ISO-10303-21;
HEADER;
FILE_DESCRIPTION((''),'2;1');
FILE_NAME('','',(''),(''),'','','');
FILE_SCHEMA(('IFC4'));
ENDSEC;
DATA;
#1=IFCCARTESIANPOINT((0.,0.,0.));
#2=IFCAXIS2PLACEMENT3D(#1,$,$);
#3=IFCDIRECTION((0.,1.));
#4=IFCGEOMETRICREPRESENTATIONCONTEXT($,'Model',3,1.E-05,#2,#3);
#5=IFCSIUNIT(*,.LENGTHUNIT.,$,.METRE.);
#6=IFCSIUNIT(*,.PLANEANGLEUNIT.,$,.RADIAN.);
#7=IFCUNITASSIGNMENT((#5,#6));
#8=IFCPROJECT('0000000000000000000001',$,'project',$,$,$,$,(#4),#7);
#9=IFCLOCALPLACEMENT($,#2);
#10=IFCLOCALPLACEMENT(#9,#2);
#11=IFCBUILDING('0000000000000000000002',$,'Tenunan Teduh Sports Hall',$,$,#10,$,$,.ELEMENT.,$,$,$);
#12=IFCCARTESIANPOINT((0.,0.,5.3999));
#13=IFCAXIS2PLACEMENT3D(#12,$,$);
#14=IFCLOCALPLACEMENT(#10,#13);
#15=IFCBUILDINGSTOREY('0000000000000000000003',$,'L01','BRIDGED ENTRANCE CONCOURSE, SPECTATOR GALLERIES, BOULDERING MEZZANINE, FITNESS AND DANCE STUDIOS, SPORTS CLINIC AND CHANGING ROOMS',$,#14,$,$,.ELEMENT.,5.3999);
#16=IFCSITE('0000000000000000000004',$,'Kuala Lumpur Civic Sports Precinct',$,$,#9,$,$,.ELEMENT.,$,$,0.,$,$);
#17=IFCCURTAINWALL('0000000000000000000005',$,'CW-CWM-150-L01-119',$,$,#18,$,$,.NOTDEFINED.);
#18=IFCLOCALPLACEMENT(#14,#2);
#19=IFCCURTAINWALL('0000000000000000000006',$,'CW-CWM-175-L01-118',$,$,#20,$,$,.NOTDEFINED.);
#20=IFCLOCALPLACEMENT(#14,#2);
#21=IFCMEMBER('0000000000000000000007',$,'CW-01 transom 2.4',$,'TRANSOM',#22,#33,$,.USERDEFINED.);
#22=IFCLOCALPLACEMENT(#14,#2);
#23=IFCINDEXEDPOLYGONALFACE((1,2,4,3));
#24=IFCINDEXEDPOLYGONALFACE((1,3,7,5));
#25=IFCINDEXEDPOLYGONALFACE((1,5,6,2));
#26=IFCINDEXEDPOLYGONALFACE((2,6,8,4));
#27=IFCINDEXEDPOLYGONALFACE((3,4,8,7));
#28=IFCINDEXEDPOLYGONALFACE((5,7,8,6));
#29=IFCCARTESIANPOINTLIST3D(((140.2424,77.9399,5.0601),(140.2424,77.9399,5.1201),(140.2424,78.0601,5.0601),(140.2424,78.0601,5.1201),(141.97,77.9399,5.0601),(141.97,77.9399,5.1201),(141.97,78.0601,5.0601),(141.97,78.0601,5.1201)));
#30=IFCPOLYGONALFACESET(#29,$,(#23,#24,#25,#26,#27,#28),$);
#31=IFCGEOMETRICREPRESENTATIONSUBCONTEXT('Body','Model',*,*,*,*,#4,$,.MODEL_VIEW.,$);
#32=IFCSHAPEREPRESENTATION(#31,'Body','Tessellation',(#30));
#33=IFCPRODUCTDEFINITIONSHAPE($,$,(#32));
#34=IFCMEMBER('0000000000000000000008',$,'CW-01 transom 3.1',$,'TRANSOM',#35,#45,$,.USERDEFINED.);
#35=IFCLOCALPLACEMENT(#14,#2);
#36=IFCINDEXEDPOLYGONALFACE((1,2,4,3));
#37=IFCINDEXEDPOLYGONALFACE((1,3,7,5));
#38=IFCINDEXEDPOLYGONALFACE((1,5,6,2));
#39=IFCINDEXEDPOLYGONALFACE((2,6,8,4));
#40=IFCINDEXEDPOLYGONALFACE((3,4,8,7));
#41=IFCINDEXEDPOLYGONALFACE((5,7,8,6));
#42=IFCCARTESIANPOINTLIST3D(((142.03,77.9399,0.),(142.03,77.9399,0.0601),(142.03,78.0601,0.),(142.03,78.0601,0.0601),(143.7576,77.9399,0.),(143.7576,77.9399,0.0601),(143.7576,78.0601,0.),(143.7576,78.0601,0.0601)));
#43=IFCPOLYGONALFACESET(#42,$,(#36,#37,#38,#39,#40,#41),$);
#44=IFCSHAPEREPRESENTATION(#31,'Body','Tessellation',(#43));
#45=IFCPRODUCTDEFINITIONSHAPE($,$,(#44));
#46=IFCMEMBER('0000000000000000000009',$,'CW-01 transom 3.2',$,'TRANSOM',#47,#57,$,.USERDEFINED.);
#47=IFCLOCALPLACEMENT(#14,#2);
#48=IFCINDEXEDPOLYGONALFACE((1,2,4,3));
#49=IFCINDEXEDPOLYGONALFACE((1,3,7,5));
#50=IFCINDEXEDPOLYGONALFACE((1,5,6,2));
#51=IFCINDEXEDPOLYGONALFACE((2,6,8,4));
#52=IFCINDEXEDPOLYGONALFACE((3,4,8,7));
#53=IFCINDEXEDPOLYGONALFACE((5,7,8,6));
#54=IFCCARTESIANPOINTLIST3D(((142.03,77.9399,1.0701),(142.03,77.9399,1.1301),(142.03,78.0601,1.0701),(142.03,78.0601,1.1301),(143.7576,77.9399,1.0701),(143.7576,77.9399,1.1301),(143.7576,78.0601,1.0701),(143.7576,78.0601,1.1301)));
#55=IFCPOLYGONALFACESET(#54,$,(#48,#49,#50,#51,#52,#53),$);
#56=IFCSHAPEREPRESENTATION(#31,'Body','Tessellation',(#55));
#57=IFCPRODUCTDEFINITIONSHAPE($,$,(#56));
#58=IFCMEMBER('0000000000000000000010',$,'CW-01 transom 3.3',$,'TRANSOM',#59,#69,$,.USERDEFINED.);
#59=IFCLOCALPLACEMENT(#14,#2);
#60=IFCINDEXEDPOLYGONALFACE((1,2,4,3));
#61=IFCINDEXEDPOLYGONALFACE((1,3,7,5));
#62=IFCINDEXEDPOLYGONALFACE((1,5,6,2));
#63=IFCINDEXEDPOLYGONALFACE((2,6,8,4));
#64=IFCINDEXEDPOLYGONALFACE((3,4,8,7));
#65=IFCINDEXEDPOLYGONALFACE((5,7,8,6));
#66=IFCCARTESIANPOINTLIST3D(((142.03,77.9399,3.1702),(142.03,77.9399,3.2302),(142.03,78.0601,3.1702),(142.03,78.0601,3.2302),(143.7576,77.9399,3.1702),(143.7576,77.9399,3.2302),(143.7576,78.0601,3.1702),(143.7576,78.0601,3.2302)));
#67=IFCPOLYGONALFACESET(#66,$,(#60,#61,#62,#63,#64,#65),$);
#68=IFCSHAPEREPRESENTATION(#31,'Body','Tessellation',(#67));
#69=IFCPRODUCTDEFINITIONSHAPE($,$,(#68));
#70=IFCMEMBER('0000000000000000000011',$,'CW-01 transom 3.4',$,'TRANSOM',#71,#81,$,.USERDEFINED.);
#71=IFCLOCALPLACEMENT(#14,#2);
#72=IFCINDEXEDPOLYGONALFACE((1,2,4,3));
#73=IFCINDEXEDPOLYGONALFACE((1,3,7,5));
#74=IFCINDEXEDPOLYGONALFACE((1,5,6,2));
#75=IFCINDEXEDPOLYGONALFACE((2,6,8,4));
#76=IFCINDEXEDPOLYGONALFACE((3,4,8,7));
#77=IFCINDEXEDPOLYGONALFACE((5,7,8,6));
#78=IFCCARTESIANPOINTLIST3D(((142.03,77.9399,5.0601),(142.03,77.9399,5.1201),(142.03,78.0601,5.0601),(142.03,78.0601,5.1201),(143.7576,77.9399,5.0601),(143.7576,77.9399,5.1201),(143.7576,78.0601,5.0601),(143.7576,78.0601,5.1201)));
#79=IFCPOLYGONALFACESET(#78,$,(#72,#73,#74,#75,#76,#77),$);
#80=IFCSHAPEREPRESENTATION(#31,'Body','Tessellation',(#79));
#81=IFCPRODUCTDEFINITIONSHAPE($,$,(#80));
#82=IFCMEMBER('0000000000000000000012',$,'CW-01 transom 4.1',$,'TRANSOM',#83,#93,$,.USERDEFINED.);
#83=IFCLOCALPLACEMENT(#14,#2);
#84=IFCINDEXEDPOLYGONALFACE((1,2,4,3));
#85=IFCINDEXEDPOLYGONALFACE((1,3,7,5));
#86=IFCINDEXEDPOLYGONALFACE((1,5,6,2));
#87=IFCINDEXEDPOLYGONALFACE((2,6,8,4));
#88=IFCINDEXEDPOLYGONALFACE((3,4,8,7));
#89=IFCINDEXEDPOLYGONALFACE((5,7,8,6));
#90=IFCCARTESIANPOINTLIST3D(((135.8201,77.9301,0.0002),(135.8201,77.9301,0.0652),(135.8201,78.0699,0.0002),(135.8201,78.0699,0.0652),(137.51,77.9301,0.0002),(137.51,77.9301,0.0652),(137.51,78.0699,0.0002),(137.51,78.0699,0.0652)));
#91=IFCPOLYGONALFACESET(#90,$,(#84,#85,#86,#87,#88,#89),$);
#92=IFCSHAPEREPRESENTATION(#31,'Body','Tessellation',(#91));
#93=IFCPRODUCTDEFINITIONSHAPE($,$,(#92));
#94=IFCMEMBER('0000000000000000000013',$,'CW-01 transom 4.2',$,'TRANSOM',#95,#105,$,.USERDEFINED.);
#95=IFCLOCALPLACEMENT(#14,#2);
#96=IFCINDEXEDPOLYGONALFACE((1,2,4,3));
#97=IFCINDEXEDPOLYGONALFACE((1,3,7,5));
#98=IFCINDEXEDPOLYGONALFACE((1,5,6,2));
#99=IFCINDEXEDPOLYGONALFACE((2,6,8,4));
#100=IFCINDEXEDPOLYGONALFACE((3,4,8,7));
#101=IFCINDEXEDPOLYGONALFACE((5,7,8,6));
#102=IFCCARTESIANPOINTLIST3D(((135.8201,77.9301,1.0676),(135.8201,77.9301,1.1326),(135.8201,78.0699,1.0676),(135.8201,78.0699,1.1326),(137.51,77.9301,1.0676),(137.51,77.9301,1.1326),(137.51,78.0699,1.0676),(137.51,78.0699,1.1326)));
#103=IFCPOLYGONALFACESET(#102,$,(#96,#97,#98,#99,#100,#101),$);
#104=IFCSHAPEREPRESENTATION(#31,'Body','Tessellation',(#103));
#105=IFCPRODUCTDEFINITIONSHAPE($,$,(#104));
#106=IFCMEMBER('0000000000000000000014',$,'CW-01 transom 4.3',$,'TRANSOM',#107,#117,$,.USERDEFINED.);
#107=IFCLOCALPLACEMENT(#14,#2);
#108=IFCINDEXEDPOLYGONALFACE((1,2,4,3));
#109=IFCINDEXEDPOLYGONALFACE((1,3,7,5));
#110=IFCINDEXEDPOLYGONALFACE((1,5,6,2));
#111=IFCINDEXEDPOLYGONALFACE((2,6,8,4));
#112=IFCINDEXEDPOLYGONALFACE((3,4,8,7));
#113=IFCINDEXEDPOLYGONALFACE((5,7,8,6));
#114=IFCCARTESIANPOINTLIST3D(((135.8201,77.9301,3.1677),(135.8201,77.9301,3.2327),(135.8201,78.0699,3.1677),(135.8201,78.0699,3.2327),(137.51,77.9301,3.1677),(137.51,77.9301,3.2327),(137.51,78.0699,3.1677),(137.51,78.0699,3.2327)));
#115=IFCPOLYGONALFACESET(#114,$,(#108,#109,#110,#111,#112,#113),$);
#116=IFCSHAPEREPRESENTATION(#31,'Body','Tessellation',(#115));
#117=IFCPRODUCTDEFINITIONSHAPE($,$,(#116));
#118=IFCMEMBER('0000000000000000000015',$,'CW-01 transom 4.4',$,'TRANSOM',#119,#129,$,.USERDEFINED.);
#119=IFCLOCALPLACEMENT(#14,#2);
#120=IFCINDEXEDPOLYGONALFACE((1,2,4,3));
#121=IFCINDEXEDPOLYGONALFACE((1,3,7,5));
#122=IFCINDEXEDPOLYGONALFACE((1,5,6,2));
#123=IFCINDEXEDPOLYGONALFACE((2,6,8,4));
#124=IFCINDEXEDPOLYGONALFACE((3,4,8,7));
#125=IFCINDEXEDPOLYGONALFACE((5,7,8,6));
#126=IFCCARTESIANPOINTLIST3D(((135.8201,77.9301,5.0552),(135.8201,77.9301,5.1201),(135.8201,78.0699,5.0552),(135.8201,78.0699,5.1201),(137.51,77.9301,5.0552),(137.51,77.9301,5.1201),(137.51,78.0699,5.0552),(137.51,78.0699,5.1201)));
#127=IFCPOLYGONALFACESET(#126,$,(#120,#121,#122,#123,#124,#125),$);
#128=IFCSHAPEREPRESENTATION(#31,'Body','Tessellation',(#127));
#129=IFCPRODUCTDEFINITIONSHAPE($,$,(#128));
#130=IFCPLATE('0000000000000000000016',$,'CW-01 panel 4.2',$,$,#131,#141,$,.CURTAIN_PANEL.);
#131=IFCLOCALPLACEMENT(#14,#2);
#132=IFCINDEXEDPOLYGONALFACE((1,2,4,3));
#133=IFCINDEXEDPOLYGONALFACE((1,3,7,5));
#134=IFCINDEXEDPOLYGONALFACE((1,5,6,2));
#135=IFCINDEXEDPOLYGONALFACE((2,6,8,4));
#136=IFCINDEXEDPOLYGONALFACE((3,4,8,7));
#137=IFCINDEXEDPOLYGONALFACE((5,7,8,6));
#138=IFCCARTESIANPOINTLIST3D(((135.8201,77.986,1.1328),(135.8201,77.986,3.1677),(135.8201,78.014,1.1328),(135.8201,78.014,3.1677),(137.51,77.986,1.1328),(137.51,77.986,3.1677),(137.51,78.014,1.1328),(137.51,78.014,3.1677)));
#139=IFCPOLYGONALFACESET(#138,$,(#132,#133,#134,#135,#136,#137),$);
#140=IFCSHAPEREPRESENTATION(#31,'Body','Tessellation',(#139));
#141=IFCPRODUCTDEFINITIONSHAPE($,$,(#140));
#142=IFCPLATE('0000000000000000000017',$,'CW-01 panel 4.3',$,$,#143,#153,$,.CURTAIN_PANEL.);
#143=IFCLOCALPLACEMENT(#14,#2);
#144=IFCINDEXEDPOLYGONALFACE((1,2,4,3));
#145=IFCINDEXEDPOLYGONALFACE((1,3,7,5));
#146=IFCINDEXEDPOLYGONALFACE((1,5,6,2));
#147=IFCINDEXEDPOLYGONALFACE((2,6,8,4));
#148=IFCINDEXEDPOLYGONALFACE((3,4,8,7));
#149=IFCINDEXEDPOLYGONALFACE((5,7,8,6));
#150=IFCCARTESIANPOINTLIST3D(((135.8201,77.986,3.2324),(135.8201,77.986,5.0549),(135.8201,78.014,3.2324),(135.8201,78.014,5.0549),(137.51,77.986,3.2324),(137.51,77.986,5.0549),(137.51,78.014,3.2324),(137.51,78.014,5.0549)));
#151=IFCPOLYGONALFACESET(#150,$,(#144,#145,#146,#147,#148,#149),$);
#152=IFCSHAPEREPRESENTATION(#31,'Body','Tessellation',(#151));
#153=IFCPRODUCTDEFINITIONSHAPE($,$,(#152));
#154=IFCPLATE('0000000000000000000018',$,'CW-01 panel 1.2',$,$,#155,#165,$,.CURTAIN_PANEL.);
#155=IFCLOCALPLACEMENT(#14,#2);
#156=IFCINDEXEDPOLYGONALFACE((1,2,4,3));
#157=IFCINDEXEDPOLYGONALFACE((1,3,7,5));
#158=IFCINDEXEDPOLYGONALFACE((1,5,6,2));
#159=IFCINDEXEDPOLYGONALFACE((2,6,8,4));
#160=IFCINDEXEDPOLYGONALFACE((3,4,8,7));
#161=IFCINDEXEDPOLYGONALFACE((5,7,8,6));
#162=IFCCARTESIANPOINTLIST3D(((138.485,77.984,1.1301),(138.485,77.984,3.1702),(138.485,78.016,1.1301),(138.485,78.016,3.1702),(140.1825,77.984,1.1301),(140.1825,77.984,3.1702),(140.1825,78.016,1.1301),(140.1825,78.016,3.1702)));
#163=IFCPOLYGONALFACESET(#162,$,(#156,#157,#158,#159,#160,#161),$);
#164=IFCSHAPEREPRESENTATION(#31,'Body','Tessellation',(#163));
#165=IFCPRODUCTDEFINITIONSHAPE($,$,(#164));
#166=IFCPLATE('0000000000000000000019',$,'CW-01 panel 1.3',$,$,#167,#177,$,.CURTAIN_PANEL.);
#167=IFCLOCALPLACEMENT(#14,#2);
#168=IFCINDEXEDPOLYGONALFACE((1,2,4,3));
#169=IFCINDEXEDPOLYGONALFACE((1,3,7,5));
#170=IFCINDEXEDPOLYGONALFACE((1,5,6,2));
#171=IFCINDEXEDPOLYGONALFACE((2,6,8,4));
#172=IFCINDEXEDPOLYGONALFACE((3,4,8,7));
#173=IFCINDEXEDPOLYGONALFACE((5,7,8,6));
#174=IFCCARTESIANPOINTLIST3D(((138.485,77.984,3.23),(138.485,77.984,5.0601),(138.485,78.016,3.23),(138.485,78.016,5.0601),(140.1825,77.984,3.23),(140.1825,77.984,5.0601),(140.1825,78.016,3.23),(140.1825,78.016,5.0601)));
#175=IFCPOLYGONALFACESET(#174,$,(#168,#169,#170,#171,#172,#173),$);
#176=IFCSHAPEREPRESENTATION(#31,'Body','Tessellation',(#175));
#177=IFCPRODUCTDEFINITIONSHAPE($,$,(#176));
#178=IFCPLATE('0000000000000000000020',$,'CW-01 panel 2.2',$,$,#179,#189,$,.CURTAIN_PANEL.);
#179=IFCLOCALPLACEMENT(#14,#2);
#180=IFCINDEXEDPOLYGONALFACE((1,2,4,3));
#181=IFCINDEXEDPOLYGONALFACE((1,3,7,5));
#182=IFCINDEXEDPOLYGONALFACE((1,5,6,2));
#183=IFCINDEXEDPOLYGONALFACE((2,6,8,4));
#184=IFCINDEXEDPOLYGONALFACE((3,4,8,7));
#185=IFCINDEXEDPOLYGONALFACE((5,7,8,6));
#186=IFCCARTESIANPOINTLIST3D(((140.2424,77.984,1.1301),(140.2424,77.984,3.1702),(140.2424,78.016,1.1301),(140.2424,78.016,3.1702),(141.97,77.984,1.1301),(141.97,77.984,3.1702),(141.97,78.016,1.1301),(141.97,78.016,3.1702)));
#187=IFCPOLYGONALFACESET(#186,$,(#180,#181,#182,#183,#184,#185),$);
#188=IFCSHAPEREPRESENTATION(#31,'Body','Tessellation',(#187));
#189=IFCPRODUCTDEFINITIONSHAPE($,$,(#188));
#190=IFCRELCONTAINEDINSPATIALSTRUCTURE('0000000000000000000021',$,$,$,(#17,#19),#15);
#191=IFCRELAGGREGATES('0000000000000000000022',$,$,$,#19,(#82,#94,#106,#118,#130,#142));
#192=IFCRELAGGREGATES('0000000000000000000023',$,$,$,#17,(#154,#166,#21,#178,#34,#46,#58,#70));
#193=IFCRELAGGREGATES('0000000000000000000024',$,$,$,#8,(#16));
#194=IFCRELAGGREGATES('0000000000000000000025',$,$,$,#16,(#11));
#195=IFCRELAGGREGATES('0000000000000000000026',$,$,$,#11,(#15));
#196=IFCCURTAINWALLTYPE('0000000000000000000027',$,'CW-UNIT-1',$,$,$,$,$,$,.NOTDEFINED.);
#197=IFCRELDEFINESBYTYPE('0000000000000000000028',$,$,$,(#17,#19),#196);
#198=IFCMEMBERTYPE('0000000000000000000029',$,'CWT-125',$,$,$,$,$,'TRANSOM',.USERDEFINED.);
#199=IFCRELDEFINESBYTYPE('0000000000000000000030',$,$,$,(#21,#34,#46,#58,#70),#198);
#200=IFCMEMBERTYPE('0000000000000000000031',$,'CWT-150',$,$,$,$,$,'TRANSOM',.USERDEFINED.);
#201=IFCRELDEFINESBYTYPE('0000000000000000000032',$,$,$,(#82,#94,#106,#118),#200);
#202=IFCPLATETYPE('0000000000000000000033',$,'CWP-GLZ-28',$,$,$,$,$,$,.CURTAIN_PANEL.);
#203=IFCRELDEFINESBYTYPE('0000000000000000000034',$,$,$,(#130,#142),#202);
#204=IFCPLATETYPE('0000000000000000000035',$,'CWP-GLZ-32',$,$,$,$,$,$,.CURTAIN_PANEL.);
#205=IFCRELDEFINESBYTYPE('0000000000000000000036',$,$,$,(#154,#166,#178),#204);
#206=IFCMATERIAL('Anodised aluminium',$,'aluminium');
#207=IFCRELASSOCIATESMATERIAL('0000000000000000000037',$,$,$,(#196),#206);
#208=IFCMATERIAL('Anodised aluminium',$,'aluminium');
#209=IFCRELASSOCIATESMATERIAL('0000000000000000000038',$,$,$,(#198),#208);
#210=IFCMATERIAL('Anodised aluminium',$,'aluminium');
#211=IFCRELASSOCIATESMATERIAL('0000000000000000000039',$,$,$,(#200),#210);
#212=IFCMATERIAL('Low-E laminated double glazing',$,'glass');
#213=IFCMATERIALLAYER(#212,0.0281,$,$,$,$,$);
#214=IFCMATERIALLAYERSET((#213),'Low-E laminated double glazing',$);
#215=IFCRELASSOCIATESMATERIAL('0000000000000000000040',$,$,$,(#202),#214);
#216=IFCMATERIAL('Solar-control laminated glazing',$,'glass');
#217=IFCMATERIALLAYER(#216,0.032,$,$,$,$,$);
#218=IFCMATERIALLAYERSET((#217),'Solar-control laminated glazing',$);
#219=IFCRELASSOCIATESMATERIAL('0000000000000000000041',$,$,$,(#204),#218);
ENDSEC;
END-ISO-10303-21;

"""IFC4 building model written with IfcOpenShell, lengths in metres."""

from ifc_helpers import new_model, si_unit, direction, frame, origin, origin_2d, place, context, subcontext, project, spatial, rectangle, extrude, material, layer, layer_set, material_profile, profile_set, type_object, element, aggregate, save


model = new_model("IFC4")

# Units and contexts
model_context = context("Model", 3, precision=1e-05, world=origin(), true_north=direction((0.0, 1.0)))
body_context = subcontext(model_context, "Body", "Model", "MODEL_VIEW")
ifc_project = project(units=[si_unit("LENGTHUNIT", "METRE"), si_unit("PLANEANGLEUNIT", "RADIAN")], contexts=[model_context])

# Site, building, storey
site_placement = place(None, origin())
site = spatial("IfcSite", under=ifc_project, at=site_placement, Name="Kuala Lumpur Civic Sports Precinct", CompositionType="ELEMENT", RefElevation=0.0)
building_placement = place(site_placement, origin())
building = spatial("IfcBuilding", under=site, at=building_placement, Name="Tenunan Teduh Sports Hall", CompositionType="ELEMENT")
storey_placement = place(building_placement, frame((0.0, 0.0, 5.3999)))
storey = spatial("IfcBuildingStorey", under=building, at=storey_placement, Name="L01", Description="BRIDGED ENTRANCE CONCOURSE, SPECTATOR GALLERIES, BOULDERING MEZZANINE, FITNESS AND DANCE STUDIOS, SPORTS CLINIC AND CHANGING ROOMS", CompositionType="ELEMENT", Elevation=5.3999)

# Curtain walls
ifc_material_1 = material(Name="Anodised aluminium", Category="aluminium")
curtain_wall_type = type_object("IfcCurtainWallType", Name="CW-UNIT-1", PredefinedType="NOTDEFINED", material=ifc_material_1)
curtain_wall_1_placement = place(storey_placement, origin())
curtain_wall_1 = element("IfcCurtainWall", 1, at=curtain_wall_1_placement, inside=storey, type_object=curtain_wall_type, Name="CW-CWM-150-L01-119", PredefinedType="NOTDEFINED")
curtain_wall_2_placement = place(storey_placement, origin())
curtain_wall_2 = element("IfcCurtainWall", 2, at=curtain_wall_2_placement, inside=storey, type_object=curtain_wall_type, Name="CW-CWM-175-L01-118", PredefinedType="NOTDEFINED")

# Members
ifc_material_2 = material(Name="Anodised aluminium", Category="aluminium")
ifc_material_profile_1 = material_profile(ifc_material_2, rectangle(XDim=0.0601, YDim=0.1201, at=origin_2d()), Name="CWT 60x120")
ifc_profile_set_1 = profile_set([ifc_material_profile_1], Name="Anodised aluminium")
member_type_1 = type_object("IfcMemberType", Name="CWT-125", ElementType="TRANSOM", PredefinedType="USERDEFINED", material=ifc_profile_set_1)
member_1_placement = place(storey_placement, frame((140.2424, 78.0, 5.0901), z_axis=(1.0, 0.0, 0.0), x_axis=(0.0, 0.0, 1.0)))
member_1 = element("IfcMember", 3, at=member_1_placement, type_object=member_type_1, Name="CW-01 transom 2.4", ObjectType="TRANSOM", PredefinedType="USERDEFINED", context=body_context, shape_type="SweptSolid", body=[
    extrude(rectangle(XDim=0.0601, YDim=0.1201, at=origin_2d()), origin(), (0.0, 0.0, 1.0), 1.7275),
])
member_2_placement = place(storey_placement, frame((142.03, 78.0, 0.03), z_axis=(1.0, 0.0, 0.0), x_axis=(0.0, 0.0, 1.0)))
member_2 = element("IfcMember", 4, at=member_2_placement, type_object=member_type_1, Name="CW-01 transom 3.1", ObjectType="TRANSOM", PredefinedType="USERDEFINED", context=body_context, shape_type="SweptSolid", body=[
    extrude(rectangle(XDim=0.0601, YDim=0.1201, at=origin_2d()), origin(), (0.0, 0.0, 1.0), 1.7275),
])
member_3_placement = place(storey_placement, frame((142.03, 78.0, 1.1001), z_axis=(1.0, 0.0, 0.0), x_axis=(0.0, 0.0, 1.0)))
member_3 = element("IfcMember", 5, at=member_3_placement, type_object=member_type_1, Name="CW-01 transom 3.2", ObjectType="TRANSOM", PredefinedType="USERDEFINED", context=body_context, shape_type="SweptSolid", body=[
    extrude(rectangle(XDim=0.0601, YDim=0.1201, at=origin_2d()), origin(), (0.0, 0.0, 1.0), 1.7275),
])
member_4_placement = place(storey_placement, frame((142.03, 78.0, 3.2002), z_axis=(1.0, 0.0, 0.0), x_axis=(0.0, 0.0, 1.0)))
member_4 = element("IfcMember", 6, at=member_4_placement, type_object=member_type_1, Name="CW-01 transom 3.3", ObjectType="TRANSOM", PredefinedType="USERDEFINED", context=body_context, shape_type="SweptSolid", body=[
    extrude(rectangle(XDim=0.0601, YDim=0.1201, at=origin_2d()), origin(), (0.0, 0.0, 1.0), 1.7275),
])
member_5_placement = place(storey_placement, frame((142.03, 78.0, 5.0901), z_axis=(1.0, 0.0, 0.0), x_axis=(0.0, 0.0, 1.0)))
member_5 = element("IfcMember", 7, at=member_5_placement, type_object=member_type_1, Name="CW-01 transom 3.4", ObjectType="TRANSOM", PredefinedType="USERDEFINED", context=body_context, shape_type="SweptSolid", body=[
    extrude(rectangle(XDim=0.0601, YDim=0.1201, at=origin_2d()), origin(), (0.0, 0.0, 1.0), 1.7275),
])
ifc_material_3 = material(Name="Anodised aluminium", Category="aluminium")
ifc_material_profile_2 = material_profile(ifc_material_3, rectangle(XDim=0.0649, YDim=0.1399, at=origin_2d()), Name="CWT 65x140")
ifc_profile_set_2 = profile_set([ifc_material_profile_2], Name="Anodised aluminium")
member_type_2 = type_object("IfcMemberType", Name="CWT-150", ElementType="TRANSOM", PredefinedType="USERDEFINED", material=ifc_profile_set_2)
member_6_placement = place(storey_placement, frame((135.8201, 78.0, 0.0327), z_axis=(1.0, 0.0, 0.0), x_axis=(0.0, 0.0, 1.0)))
member_6 = element("IfcMember", 8, at=member_6_placement, type_object=member_type_2, Name="CW-01 transom 4.1", ObjectType="TRANSOM", PredefinedType="USERDEFINED", context=body_context, shape_type="SweptSolid", body=[
    extrude(rectangle(XDim=0.0649, YDim=0.1399, at=origin_2d()), origin(), (0.0, 0.0, 1.0), 1.6899),
])
member_7_placement = place(storey_placement, frame((135.8201, 78.0, 1.1001), z_axis=(1.0, 0.0, 0.0), x_axis=(0.0, 0.0, 1.0)))
member_7 = element("IfcMember", 9, at=member_7_placement, type_object=member_type_2, Name="CW-01 transom 4.2", ObjectType="TRANSOM", PredefinedType="USERDEFINED", context=body_context, shape_type="SweptSolid", body=[
    extrude(rectangle(XDim=0.0649, YDim=0.1399, at=origin_2d()), origin(), (0.0, 0.0, 1.0), 1.6899),
])
member_8_placement = place(storey_placement, frame((135.8201, 78.0, 3.2002), z_axis=(1.0, 0.0, 0.0), x_axis=(0.0, 0.0, 1.0)))
member_8 = element("IfcMember", 10, at=member_8_placement, type_object=member_type_2, Name="CW-01 transom 4.3", ObjectType="TRANSOM", PredefinedType="USERDEFINED", context=body_context, shape_type="SweptSolid", body=[
    extrude(rectangle(XDim=0.0649, YDim=0.1399, at=origin_2d()), origin(), (0.0, 0.0, 1.0), 1.6899),
])
member_9_placement = place(storey_placement, frame((135.8201, 78.0, 5.0876), z_axis=(1.0, 0.0, 0.0), x_axis=(0.0, 0.0, 1.0)))
member_9 = element("IfcMember", 11, at=member_9_placement, type_object=member_type_2, Name="CW-01 transom 4.4", ObjectType="TRANSOM", PredefinedType="USERDEFINED", context=body_context, shape_type="SweptSolid", body=[
    extrude(rectangle(XDim=0.0649, YDim=0.1399, at=origin_2d()), origin(), (0.0, 0.0, 1.0), 1.6899),
])

# Plates
ifc_material_4 = material(Name="Low-E laminated double glazing", Category="glass")
ifc_layer_1 = layer(ifc_material_4, 0.0281)
ifc_layer_set_1 = layer_set([ifc_layer_1], Name="Low-E laminated double glazing")
plate_type_1 = type_object("IfcPlateType", Name="CWP-GLZ-28", PredefinedType="CURTAIN_PANEL", material=ifc_layer_set_1)
plate_1_placement = place(storey_placement, frame((136.665, 78.0, 1.1328), z_axis=(0.0, 0.0, 1.0), x_axis=(1.0, 0.0, 0.0)))
plate_1 = element("IfcPlate", 12, at=plate_1_placement, type_object=plate_type_1, Name="CW-01 panel 4.2", PredefinedType="CURTAIN_PANEL", context=body_context, shape_type="SweptSolid", body=[
    extrude(rectangle(XDim=1.6899, YDim=0.0281, at=origin_2d()), origin(), (0.0, 0.0, 1.0), 2.0349),
])
plate_2_placement = place(storey_placement, frame((136.665, 78.0, 3.2324), z_axis=(0.0, 0.0, 1.0), x_axis=(1.0, 0.0, 0.0)))
plate_2 = element("IfcPlate", 13, at=plate_2_placement, type_object=plate_type_1, Name="CW-01 panel 4.3", PredefinedType="CURTAIN_PANEL", context=body_context, shape_type="SweptSolid", body=[
    extrude(rectangle(XDim=1.6899, YDim=0.0281, at=origin_2d()), origin(), (0.0, 0.0, 1.0), 1.8225),
])
ifc_material_5 = material(Name="Solar-control laminated glazing", Category="glass")
ifc_layer_2 = layer(ifc_material_5, 0.032)
ifc_layer_set_2 = layer_set([ifc_layer_2], Name="Solar-control laminated glazing")
plate_type_2 = type_object("IfcPlateType", Name="CWP-GLZ-32", PredefinedType="CURTAIN_PANEL", material=ifc_layer_set_2)
plate_3_placement = place(storey_placement, frame((139.3337, 78.0, 1.1301), z_axis=(0.0, 0.0, 1.0), x_axis=(1.0, 0.0, 0.0)))
plate_3 = element("IfcPlate", 14, at=plate_3_placement, type_object=plate_type_2, Name="CW-01 panel 1.2", PredefinedType="CURTAIN_PANEL", context=body_context, shape_type="SweptSolid", body=[
    extrude(rectangle(XDim=1.6975, YDim=0.032, at=origin_2d()), origin(), (0.0, 0.0, 1.0), 2.04),
])
plate_4_placement = place(storey_placement, frame((139.3337, 78.0, 3.23), z_axis=(0.0, 0.0, 1.0), x_axis=(1.0, 0.0, 0.0)))
plate_4 = element("IfcPlate", 15, at=plate_4_placement, type_object=plate_type_2, Name="CW-01 panel 1.3", PredefinedType="CURTAIN_PANEL", context=body_context, shape_type="SweptSolid", body=[
    extrude(rectangle(XDim=1.6975, YDim=0.032, at=origin_2d()), origin(), (0.0, 0.0, 1.0), 1.8301),
])
plate_5_placement = place(storey_placement, frame((141.1062, 78.0, 1.1301), z_axis=(0.0, 0.0, 1.0), x_axis=(1.0, 0.0, 0.0)))
plate_5 = element("IfcPlate", 16, at=plate_5_placement, type_object=plate_type_2, Name="CW-01 panel 2.2", PredefinedType="CURTAIN_PANEL", context=body_context, shape_type="SweptSolid", body=[
    extrude(rectangle(XDim=1.7275, YDim=0.032, at=origin_2d()), origin(), (0.0, 0.0, 1.0), 2.04),
])
aggregate(curtain_wall_2, [member_6, member_7, member_8, member_9, plate_1, plate_2])
aggregate(curtain_wall_1, [plate_3, plate_4, member_1, plate_5, member_2, member_3, member_4, member_5])

save(model, "model.ifc")
